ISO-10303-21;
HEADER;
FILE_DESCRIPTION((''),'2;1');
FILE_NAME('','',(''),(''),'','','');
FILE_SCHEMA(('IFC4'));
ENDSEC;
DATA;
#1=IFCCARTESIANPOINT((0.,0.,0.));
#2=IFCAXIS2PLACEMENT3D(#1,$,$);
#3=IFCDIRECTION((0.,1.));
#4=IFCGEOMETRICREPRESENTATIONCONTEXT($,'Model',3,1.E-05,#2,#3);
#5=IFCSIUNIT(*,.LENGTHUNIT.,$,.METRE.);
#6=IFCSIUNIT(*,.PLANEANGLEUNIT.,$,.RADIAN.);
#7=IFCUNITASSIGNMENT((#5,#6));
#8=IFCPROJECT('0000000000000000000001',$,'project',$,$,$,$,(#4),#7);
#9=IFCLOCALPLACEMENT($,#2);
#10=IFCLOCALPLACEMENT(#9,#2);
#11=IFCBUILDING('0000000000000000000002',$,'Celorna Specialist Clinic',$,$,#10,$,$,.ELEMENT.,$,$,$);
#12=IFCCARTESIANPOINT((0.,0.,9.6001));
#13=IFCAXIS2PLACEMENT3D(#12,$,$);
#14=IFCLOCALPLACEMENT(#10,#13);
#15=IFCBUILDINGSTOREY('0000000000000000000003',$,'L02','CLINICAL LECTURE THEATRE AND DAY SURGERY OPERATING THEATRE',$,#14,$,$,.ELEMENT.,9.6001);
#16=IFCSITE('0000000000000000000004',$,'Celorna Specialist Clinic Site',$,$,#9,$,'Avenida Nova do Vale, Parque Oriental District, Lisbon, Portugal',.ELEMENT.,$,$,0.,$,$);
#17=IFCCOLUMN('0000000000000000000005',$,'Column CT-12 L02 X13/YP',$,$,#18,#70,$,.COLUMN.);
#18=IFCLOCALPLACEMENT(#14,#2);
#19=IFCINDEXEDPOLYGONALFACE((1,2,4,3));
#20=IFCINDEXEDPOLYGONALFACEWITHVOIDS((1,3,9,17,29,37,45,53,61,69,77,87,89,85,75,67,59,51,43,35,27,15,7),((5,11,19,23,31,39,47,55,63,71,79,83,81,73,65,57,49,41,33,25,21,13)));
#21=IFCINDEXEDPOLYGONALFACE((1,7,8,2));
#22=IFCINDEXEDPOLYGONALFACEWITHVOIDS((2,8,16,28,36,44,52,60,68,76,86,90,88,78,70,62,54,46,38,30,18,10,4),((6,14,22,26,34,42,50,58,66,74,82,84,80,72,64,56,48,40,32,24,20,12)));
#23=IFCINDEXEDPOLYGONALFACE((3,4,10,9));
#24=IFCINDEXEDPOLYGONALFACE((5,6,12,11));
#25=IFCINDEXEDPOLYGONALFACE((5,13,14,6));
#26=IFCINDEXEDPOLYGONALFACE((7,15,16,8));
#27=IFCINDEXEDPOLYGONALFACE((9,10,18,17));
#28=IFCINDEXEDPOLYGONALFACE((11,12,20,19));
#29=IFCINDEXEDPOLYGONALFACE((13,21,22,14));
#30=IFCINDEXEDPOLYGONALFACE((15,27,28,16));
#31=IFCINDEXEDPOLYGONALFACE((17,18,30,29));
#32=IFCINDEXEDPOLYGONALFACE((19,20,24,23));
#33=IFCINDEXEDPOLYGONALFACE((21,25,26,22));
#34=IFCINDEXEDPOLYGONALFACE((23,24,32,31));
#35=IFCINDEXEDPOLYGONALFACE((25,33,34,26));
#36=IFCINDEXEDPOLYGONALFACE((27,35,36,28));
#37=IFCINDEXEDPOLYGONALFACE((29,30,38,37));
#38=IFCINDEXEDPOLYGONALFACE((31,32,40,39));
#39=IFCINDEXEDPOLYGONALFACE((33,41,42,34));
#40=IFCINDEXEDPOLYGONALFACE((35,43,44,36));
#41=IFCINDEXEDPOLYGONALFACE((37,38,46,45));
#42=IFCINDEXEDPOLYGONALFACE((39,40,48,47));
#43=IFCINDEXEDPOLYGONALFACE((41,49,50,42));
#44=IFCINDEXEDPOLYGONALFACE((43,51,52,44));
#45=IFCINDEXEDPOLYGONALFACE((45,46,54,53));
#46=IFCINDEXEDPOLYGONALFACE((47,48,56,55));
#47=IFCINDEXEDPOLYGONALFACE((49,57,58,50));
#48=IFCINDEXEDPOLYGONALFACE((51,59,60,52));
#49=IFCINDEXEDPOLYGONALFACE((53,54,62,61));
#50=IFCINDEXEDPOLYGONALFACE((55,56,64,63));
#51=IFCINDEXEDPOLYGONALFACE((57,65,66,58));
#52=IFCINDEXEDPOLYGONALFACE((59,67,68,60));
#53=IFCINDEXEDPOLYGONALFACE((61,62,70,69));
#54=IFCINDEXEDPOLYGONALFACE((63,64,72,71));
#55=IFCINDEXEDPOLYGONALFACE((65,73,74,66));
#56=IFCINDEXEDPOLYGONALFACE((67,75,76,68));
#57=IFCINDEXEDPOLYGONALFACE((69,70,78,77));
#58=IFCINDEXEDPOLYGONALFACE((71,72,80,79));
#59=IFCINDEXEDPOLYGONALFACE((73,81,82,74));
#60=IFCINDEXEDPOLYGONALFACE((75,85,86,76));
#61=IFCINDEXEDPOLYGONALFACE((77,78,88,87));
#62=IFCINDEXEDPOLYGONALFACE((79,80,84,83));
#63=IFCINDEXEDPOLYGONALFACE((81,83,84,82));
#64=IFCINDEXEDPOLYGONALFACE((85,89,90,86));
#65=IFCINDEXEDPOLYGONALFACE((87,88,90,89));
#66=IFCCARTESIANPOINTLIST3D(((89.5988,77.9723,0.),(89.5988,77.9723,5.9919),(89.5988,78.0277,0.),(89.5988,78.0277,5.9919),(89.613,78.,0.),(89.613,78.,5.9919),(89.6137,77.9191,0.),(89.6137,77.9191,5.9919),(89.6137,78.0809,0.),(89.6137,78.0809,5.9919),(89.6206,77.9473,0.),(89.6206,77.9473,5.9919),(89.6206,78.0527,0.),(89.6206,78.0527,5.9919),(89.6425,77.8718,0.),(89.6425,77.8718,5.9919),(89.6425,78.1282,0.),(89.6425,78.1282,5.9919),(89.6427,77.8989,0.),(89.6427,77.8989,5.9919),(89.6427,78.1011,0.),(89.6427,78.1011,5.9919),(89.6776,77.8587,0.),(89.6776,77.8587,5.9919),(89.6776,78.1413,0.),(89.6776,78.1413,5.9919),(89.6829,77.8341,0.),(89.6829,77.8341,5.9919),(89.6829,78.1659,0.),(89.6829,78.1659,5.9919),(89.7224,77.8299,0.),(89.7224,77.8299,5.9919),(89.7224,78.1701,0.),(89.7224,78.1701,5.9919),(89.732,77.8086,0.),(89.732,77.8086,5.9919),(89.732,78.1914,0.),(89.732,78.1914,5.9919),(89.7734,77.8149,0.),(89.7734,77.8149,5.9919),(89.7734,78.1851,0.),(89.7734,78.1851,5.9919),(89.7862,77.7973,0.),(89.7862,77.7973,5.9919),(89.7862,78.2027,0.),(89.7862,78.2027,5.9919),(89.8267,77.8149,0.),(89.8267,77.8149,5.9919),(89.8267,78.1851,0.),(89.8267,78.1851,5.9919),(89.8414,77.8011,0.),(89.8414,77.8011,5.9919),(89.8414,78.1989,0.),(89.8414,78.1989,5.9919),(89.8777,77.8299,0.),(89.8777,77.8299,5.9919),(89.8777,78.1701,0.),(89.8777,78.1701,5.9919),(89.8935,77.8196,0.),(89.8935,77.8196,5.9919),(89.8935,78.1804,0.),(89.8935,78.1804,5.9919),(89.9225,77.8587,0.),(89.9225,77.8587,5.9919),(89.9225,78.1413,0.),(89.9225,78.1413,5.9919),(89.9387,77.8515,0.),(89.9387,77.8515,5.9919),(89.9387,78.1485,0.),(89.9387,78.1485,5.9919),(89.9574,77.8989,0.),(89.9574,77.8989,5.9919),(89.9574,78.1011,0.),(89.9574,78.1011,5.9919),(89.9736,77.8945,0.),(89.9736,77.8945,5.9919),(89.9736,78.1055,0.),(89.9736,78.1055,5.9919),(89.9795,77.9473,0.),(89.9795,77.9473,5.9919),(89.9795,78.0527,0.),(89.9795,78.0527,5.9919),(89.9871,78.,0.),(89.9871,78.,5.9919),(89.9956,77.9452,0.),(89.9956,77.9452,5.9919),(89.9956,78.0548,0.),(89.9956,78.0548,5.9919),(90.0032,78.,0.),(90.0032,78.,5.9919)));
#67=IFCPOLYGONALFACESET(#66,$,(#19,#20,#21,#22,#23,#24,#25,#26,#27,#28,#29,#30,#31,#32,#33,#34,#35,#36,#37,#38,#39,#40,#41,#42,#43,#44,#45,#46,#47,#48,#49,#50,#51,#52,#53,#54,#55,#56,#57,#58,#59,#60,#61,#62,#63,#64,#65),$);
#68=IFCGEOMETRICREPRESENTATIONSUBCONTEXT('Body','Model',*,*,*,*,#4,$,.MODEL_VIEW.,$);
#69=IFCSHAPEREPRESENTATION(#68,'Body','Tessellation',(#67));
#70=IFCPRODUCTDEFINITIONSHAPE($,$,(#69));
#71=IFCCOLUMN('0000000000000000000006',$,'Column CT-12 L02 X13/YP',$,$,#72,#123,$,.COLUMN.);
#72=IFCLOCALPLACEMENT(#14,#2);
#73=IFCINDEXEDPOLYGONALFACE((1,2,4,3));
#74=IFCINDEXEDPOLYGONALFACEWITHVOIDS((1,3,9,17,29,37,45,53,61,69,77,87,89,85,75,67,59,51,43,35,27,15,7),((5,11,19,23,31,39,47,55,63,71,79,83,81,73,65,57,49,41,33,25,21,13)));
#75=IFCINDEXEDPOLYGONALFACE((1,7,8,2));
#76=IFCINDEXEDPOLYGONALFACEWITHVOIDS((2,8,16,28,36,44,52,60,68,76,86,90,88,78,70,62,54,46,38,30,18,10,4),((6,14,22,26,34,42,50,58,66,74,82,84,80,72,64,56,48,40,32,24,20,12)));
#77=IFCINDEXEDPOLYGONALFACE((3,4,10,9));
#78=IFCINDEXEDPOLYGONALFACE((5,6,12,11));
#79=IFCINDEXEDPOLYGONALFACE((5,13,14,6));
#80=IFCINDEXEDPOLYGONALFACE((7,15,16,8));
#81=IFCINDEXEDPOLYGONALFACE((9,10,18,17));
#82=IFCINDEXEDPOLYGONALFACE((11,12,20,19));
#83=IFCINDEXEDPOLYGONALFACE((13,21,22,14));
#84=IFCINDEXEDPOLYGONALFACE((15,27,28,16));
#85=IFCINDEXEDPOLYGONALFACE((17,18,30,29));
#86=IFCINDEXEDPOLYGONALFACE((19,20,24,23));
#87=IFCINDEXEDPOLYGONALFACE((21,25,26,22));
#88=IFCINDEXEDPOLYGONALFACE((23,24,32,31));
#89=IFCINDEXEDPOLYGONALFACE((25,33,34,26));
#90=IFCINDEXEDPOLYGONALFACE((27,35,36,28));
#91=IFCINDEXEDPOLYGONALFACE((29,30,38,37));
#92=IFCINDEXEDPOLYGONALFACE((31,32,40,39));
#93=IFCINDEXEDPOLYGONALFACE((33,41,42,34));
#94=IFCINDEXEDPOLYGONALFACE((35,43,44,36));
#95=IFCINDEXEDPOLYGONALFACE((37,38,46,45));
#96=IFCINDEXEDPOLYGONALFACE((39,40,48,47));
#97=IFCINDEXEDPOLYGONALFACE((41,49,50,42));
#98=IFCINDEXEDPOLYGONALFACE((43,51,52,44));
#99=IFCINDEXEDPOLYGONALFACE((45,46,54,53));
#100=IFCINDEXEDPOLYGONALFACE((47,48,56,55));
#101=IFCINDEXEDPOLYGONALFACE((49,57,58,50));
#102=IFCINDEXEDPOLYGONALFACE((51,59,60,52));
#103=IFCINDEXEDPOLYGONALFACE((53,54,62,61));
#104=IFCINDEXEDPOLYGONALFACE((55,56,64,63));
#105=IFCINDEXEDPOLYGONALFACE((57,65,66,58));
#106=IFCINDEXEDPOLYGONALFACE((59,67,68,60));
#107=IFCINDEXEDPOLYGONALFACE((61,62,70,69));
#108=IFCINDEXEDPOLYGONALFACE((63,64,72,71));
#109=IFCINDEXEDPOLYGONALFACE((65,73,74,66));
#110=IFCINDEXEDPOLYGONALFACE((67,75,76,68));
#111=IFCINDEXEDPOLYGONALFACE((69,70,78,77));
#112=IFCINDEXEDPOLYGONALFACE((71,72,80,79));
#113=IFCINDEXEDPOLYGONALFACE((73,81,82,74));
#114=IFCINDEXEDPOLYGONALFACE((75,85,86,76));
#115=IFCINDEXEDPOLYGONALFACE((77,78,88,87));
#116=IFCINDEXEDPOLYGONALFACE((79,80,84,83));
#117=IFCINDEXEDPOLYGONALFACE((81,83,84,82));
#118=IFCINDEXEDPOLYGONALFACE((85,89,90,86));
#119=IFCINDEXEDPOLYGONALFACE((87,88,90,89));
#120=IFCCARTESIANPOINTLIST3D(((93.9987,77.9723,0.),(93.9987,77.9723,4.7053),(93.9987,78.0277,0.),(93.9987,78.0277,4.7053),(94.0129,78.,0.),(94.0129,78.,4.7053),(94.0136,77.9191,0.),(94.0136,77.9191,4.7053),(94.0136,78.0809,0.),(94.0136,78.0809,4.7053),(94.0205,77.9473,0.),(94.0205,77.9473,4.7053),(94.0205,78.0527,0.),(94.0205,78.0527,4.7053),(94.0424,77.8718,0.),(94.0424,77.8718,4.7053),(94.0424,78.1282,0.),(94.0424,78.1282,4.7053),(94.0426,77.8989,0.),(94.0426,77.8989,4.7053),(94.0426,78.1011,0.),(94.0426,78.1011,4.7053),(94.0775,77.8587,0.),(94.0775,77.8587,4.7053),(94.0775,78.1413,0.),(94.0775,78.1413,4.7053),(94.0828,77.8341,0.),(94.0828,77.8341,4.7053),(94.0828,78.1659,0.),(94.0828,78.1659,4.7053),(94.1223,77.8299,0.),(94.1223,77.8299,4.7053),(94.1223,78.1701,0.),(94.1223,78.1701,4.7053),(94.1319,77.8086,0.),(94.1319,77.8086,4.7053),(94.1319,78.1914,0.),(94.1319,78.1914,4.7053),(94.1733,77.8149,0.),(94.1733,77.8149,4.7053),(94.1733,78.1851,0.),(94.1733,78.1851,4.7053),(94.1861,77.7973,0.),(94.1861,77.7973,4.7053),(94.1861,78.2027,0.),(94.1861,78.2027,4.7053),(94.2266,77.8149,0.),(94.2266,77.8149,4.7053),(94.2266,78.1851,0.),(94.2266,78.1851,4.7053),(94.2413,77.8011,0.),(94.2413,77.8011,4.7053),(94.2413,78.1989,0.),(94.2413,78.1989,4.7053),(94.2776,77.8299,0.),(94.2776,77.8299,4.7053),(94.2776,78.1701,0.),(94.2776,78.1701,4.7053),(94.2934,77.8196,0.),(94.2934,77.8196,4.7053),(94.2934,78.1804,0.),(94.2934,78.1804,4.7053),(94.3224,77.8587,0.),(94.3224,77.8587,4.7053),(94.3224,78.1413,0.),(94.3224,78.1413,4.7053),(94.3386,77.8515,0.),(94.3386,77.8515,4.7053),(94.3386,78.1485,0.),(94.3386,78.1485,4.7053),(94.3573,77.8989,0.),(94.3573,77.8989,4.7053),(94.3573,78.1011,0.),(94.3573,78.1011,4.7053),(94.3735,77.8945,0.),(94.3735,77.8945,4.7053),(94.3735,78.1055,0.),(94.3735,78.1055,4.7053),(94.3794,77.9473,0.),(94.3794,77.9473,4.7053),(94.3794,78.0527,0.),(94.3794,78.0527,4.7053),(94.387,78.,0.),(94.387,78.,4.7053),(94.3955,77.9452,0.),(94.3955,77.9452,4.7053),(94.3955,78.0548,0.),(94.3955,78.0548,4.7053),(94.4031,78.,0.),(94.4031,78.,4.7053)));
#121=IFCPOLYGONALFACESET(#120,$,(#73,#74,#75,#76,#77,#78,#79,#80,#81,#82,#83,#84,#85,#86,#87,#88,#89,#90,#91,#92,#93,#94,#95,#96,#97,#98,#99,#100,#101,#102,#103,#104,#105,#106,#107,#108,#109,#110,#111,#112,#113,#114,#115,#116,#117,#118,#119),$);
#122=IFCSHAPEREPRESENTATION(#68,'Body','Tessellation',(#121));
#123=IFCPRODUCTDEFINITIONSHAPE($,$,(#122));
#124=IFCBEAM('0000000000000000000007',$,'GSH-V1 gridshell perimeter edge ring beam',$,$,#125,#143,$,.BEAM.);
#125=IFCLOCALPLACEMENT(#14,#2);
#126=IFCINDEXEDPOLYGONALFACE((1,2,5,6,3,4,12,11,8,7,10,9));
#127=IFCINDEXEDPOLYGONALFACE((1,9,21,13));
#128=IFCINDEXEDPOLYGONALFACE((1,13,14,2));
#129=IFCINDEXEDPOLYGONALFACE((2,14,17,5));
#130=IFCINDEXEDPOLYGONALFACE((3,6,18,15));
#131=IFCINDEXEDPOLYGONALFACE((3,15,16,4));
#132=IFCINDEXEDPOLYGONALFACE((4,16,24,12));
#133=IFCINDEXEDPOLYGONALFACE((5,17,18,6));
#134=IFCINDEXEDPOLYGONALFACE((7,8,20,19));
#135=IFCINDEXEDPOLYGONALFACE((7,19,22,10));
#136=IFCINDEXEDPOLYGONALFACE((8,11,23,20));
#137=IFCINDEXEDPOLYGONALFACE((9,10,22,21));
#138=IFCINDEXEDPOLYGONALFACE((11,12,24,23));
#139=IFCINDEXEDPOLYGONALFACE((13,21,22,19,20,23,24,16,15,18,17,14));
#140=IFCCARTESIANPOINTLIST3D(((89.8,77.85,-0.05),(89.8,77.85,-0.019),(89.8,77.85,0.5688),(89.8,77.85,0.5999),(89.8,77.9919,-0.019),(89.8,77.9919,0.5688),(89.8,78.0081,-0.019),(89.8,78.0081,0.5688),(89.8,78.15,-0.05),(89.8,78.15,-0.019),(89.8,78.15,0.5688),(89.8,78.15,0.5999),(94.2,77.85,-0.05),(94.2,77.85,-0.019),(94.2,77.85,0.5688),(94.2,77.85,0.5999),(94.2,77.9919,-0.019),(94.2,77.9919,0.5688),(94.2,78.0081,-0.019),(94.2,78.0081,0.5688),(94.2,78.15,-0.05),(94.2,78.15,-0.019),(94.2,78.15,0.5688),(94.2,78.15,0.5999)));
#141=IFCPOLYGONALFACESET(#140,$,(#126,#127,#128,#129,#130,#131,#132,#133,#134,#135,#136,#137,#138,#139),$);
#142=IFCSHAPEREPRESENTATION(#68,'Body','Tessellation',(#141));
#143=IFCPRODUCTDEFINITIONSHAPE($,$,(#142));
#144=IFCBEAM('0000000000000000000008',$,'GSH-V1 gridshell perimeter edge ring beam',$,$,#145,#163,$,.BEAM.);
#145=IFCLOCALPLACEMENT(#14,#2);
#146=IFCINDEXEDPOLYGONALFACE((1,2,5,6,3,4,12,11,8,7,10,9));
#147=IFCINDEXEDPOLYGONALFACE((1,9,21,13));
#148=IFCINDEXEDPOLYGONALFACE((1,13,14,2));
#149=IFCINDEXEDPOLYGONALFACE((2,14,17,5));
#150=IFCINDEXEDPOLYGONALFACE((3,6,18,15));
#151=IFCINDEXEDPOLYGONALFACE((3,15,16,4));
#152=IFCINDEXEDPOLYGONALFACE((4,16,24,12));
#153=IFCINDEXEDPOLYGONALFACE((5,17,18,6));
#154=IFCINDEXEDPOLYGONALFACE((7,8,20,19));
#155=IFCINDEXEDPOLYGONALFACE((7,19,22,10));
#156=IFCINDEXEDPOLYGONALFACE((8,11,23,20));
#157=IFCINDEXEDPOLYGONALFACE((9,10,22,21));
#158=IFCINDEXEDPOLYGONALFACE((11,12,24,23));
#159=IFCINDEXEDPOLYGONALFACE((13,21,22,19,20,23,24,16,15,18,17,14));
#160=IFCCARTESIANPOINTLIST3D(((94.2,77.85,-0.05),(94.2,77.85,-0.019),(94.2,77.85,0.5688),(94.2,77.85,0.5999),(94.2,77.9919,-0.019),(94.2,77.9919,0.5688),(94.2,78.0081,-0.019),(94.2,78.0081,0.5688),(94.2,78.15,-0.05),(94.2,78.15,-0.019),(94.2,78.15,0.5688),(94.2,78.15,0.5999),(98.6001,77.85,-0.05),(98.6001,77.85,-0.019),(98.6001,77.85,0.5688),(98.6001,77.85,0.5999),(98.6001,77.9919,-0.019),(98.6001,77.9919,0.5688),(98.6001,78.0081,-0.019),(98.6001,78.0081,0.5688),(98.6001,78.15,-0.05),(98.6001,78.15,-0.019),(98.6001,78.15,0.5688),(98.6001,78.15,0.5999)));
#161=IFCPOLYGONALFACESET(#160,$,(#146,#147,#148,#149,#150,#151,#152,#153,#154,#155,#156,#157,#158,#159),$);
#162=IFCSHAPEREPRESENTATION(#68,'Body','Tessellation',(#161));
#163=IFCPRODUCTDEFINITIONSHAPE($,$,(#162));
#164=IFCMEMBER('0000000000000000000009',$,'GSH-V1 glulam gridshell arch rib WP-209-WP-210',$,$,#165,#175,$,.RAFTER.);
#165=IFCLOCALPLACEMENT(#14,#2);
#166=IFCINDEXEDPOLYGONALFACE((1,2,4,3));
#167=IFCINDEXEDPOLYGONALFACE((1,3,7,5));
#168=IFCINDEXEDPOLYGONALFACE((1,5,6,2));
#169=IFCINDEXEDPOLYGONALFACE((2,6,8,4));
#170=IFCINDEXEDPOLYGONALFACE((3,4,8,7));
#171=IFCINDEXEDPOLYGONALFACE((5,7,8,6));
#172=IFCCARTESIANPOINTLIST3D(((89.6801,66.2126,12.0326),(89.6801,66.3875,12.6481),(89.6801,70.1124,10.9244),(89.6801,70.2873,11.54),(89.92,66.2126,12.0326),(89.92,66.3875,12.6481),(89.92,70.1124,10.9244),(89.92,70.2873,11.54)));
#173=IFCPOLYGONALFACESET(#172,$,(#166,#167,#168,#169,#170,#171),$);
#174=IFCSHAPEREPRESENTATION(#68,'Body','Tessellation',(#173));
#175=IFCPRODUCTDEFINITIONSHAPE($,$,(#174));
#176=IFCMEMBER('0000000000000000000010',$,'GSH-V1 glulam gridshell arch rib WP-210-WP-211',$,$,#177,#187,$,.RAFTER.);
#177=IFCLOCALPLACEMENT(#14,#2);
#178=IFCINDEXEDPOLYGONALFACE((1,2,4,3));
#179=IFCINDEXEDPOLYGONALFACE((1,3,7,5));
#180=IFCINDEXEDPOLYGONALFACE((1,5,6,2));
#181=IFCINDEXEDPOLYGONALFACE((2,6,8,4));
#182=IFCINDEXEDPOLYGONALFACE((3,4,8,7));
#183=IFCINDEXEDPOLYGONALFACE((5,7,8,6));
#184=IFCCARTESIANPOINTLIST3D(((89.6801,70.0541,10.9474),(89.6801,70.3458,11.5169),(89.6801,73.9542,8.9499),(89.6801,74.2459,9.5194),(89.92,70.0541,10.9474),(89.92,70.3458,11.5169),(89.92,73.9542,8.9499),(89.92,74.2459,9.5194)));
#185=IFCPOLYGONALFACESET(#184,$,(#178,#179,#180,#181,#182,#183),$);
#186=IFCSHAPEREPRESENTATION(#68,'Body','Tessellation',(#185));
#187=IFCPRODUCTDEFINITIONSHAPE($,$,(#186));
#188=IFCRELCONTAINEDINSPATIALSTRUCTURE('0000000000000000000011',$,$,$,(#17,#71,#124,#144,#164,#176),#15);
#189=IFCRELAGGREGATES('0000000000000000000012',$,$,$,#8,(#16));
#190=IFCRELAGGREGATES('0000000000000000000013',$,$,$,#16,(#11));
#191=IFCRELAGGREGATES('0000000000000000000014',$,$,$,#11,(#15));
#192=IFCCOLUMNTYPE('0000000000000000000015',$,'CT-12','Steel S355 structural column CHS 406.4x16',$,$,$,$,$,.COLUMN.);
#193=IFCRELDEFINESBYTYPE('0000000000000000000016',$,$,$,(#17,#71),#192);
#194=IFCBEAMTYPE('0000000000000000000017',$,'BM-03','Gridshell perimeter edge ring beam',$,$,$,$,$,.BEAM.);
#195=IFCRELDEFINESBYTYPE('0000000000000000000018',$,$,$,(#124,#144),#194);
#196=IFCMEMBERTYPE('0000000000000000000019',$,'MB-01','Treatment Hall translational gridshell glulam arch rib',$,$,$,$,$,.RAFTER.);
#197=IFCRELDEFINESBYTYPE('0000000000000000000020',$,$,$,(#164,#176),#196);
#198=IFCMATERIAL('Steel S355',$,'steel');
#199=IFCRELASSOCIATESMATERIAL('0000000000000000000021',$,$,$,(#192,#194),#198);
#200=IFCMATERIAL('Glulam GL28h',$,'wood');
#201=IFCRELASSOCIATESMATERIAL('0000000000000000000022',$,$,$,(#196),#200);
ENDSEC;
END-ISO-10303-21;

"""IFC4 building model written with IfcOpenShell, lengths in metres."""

from ifc_helpers import new_model, si_unit, direction, frame, origin, origin_2d, place, context, subcontext, project, spatial, rectangle, hollow_circle, i_section, extrude, material, material_profile, profile_set, type_object, element, save


model = new_model("IFC4")

# Units and contexts
model_context = context("Model", 3, precision=1e-05, world=origin(), true_north=direction((0.0, 1.0)))
body_context = subcontext(model_context, "Body", "Model", "MODEL_VIEW")
ifc_project = project(units=[si_unit("LENGTHUNIT", "METRE"), si_unit("PLANEANGLEUNIT", "RADIAN")], contexts=[model_context])

# Site, building, storey
site_placement = place(None, origin())
site = spatial("IfcSite", under=ifc_project, at=site_placement, Name="Celorna Specialist Clinic Site", LongName="Avenida Nova do Vale, Parque Oriental District, Lisbon, Portugal", CompositionType="ELEMENT", RefElevation=0.0)
building_placement = place(site_placement, origin())
building = spatial("IfcBuilding", under=site, at=building_placement, Name="Celorna Specialist Clinic", CompositionType="ELEMENT")
storey_placement = place(building_placement, frame((0.0, 0.0, 9.6001)))
storey = spatial("IfcBuildingStorey", under=building, at=storey_placement, Name="L02", Description="CLINICAL LECTURE THEATRE AND DAY SURGERY OPERATING THEATRE", CompositionType="ELEMENT", Elevation=9.6001)

# Columns
ifc_material_1 = material(Name="Steel S355", Category="steel")
ifc_material_profile_1 = material_profile(ifc_material_1, hollow_circle(Radius=0.2031, WallThickness=0.0161, at=origin_2d()), Name="CHS 406.4x16")
ifc_profile_set_1 = profile_set([ifc_material_profile_1], Name="Steel S355")
column_type = type_object("IfcColumnType", Name="CT-12", Description="Steel S355 structural column CHS 406.4x16", PredefinedType="COLUMN", material=ifc_profile_set_1)
column_1_placement = place(storey_placement, frame((89.8, 78.0, 0.0), z_axis=(0.0, 0.0, 1.0), x_axis=(1.0, 0.0, 0.0)))
element("IfcColumn", 1, at=column_1_placement, inside=storey, type_object=column_type, Name="Column CT-12 L02 X13/YP", PredefinedType="COLUMN", context=body_context, shape_type="SweptSolid", body=[
    extrude(hollow_circle(Radius=0.2031, WallThickness=0.0161, at=origin_2d()), origin(), (0.0, 0.0, 1.0), 5.9919),
])
column_2_placement = place(storey_placement, frame((94.2, 78.0, 0.0), z_axis=(0.0, 0.0, 1.0), x_axis=(1.0, 0.0, 0.0)))
element("IfcColumn", 2, at=column_2_placement, inside=storey, type_object=column_type, Name="Column CT-12 L02 X13/YP", PredefinedType="COLUMN", context=body_context, shape_type="SweptSolid", body=[
    extrude(hollow_circle(Radius=0.2031, WallThickness=0.0161, at=origin_2d()), origin(), (0.0, 0.0, 1.0), 4.7053),
])

# Beams
ifc_material_profile_2 = material_profile(ifc_material_1, i_section(OverallWidth=0.3, OverallDepth=0.6499, WebThickness=0.0161, FlangeThickness=0.031, at=origin_2d()), Name="HE 650 B")
ifc_profile_set_2 = profile_set([ifc_material_profile_2], Name="Steel S355")
beam_type = type_object("IfcBeamType", Name="BM-03", Description="Gridshell perimeter edge ring beam", PredefinedType="BEAM", material=ifc_profile_set_2)
beam_1_placement = place(storey_placement, frame((89.8, 78.0, 0.2749), z_axis=(1.0, 0.0, 0.0), x_axis=(0.0, 1.0, 0.0)))
element("IfcBeam", 3, at=beam_1_placement, inside=storey, type_object=beam_type, Name="GSH-V1 gridshell perimeter edge ring beam", PredefinedType="BEAM", context=body_context, shape_type="SweptSolid", body=[
    extrude(i_section(OverallWidth=0.3, OverallDepth=0.6499, WebThickness=0.0161, FlangeThickness=0.031, at=origin_2d()), origin(), (0.0, 0.0, 1.0), 4.3999),
])
beam_2_placement = place(storey_placement, frame((94.2, 78.0, 0.2749), z_axis=(1.0, 0.0, 0.0), x_axis=(0.0, 1.0, 0.0)))
element("IfcBeam", 4, at=beam_2_placement, inside=storey, type_object=beam_type, Name="GSH-V1 gridshell perimeter edge ring beam", PredefinedType="BEAM", context=body_context, shape_type="SweptSolid", body=[
    extrude(i_section(OverallWidth=0.3, OverallDepth=0.6499, WebThickness=0.0161, FlangeThickness=0.031, at=origin_2d()), origin(), (0.0, 0.0, 1.0), 4.4001),
])

# Members
ifc_material_2 = material(Name="Glulam GL28h", Category="wood")
ifc_material_profile_3 = material_profile(ifc_material_2, rectangle(XDim=0.24, YDim=0.6399, at=origin_2d()), Name="GL28h 240x640")
ifc_profile_set_3 = profile_set([ifc_material_profile_3], Name="Glulam GL28h")
member_type_1 = type_object("IfcMemberType", Name="MB-01", Description="Treatment Hall translational gridshell glulam arch rib", PredefinedType="RAFTER", material=ifc_profile_set_3)
member_1_placement = place(storey_placement, frame((89.8, 66.3, 12.3403), z_axis=(0.0, 0.961921, -0.273329), x_axis=(-1.0, 0.0, 0.0)))
element("IfcMember", 5, at=member_1_placement, inside=storey, type_object=member_type_1, Name="GSH-V1 glulam gridshell arch rib WP-209-WP-210", PredefinedType="RAFTER", context=body_context, shape_type="SweptSolid", body=[
    extrude(rectangle(XDim=0.24, YDim=0.6399, at=origin_2d()), origin(), (0.0, 0.0, 1.0), 4.0542),
])
member_2_placement = place(storey_placement, frame((89.8, 70.2, 11.2322), z_axis=(0.0, 0.890051, -0.455862), x_axis=(-1.0, 0.0, 0.0)))
element("IfcMember", 6, at=member_2_placement, inside=storey, type_object=member_type_1, Name="GSH-V1 glulam gridshell arch rib WP-210-WP-211", PredefinedType="RAFTER", context=body_context, shape_type="SweptSolid", body=[
    extrude(rectangle(XDim=0.24, YDim=0.6399, at=origin_2d()), origin(), (0.0, 0.0, 1.0), 4.3818),
])

save(model, "model.ifc")
